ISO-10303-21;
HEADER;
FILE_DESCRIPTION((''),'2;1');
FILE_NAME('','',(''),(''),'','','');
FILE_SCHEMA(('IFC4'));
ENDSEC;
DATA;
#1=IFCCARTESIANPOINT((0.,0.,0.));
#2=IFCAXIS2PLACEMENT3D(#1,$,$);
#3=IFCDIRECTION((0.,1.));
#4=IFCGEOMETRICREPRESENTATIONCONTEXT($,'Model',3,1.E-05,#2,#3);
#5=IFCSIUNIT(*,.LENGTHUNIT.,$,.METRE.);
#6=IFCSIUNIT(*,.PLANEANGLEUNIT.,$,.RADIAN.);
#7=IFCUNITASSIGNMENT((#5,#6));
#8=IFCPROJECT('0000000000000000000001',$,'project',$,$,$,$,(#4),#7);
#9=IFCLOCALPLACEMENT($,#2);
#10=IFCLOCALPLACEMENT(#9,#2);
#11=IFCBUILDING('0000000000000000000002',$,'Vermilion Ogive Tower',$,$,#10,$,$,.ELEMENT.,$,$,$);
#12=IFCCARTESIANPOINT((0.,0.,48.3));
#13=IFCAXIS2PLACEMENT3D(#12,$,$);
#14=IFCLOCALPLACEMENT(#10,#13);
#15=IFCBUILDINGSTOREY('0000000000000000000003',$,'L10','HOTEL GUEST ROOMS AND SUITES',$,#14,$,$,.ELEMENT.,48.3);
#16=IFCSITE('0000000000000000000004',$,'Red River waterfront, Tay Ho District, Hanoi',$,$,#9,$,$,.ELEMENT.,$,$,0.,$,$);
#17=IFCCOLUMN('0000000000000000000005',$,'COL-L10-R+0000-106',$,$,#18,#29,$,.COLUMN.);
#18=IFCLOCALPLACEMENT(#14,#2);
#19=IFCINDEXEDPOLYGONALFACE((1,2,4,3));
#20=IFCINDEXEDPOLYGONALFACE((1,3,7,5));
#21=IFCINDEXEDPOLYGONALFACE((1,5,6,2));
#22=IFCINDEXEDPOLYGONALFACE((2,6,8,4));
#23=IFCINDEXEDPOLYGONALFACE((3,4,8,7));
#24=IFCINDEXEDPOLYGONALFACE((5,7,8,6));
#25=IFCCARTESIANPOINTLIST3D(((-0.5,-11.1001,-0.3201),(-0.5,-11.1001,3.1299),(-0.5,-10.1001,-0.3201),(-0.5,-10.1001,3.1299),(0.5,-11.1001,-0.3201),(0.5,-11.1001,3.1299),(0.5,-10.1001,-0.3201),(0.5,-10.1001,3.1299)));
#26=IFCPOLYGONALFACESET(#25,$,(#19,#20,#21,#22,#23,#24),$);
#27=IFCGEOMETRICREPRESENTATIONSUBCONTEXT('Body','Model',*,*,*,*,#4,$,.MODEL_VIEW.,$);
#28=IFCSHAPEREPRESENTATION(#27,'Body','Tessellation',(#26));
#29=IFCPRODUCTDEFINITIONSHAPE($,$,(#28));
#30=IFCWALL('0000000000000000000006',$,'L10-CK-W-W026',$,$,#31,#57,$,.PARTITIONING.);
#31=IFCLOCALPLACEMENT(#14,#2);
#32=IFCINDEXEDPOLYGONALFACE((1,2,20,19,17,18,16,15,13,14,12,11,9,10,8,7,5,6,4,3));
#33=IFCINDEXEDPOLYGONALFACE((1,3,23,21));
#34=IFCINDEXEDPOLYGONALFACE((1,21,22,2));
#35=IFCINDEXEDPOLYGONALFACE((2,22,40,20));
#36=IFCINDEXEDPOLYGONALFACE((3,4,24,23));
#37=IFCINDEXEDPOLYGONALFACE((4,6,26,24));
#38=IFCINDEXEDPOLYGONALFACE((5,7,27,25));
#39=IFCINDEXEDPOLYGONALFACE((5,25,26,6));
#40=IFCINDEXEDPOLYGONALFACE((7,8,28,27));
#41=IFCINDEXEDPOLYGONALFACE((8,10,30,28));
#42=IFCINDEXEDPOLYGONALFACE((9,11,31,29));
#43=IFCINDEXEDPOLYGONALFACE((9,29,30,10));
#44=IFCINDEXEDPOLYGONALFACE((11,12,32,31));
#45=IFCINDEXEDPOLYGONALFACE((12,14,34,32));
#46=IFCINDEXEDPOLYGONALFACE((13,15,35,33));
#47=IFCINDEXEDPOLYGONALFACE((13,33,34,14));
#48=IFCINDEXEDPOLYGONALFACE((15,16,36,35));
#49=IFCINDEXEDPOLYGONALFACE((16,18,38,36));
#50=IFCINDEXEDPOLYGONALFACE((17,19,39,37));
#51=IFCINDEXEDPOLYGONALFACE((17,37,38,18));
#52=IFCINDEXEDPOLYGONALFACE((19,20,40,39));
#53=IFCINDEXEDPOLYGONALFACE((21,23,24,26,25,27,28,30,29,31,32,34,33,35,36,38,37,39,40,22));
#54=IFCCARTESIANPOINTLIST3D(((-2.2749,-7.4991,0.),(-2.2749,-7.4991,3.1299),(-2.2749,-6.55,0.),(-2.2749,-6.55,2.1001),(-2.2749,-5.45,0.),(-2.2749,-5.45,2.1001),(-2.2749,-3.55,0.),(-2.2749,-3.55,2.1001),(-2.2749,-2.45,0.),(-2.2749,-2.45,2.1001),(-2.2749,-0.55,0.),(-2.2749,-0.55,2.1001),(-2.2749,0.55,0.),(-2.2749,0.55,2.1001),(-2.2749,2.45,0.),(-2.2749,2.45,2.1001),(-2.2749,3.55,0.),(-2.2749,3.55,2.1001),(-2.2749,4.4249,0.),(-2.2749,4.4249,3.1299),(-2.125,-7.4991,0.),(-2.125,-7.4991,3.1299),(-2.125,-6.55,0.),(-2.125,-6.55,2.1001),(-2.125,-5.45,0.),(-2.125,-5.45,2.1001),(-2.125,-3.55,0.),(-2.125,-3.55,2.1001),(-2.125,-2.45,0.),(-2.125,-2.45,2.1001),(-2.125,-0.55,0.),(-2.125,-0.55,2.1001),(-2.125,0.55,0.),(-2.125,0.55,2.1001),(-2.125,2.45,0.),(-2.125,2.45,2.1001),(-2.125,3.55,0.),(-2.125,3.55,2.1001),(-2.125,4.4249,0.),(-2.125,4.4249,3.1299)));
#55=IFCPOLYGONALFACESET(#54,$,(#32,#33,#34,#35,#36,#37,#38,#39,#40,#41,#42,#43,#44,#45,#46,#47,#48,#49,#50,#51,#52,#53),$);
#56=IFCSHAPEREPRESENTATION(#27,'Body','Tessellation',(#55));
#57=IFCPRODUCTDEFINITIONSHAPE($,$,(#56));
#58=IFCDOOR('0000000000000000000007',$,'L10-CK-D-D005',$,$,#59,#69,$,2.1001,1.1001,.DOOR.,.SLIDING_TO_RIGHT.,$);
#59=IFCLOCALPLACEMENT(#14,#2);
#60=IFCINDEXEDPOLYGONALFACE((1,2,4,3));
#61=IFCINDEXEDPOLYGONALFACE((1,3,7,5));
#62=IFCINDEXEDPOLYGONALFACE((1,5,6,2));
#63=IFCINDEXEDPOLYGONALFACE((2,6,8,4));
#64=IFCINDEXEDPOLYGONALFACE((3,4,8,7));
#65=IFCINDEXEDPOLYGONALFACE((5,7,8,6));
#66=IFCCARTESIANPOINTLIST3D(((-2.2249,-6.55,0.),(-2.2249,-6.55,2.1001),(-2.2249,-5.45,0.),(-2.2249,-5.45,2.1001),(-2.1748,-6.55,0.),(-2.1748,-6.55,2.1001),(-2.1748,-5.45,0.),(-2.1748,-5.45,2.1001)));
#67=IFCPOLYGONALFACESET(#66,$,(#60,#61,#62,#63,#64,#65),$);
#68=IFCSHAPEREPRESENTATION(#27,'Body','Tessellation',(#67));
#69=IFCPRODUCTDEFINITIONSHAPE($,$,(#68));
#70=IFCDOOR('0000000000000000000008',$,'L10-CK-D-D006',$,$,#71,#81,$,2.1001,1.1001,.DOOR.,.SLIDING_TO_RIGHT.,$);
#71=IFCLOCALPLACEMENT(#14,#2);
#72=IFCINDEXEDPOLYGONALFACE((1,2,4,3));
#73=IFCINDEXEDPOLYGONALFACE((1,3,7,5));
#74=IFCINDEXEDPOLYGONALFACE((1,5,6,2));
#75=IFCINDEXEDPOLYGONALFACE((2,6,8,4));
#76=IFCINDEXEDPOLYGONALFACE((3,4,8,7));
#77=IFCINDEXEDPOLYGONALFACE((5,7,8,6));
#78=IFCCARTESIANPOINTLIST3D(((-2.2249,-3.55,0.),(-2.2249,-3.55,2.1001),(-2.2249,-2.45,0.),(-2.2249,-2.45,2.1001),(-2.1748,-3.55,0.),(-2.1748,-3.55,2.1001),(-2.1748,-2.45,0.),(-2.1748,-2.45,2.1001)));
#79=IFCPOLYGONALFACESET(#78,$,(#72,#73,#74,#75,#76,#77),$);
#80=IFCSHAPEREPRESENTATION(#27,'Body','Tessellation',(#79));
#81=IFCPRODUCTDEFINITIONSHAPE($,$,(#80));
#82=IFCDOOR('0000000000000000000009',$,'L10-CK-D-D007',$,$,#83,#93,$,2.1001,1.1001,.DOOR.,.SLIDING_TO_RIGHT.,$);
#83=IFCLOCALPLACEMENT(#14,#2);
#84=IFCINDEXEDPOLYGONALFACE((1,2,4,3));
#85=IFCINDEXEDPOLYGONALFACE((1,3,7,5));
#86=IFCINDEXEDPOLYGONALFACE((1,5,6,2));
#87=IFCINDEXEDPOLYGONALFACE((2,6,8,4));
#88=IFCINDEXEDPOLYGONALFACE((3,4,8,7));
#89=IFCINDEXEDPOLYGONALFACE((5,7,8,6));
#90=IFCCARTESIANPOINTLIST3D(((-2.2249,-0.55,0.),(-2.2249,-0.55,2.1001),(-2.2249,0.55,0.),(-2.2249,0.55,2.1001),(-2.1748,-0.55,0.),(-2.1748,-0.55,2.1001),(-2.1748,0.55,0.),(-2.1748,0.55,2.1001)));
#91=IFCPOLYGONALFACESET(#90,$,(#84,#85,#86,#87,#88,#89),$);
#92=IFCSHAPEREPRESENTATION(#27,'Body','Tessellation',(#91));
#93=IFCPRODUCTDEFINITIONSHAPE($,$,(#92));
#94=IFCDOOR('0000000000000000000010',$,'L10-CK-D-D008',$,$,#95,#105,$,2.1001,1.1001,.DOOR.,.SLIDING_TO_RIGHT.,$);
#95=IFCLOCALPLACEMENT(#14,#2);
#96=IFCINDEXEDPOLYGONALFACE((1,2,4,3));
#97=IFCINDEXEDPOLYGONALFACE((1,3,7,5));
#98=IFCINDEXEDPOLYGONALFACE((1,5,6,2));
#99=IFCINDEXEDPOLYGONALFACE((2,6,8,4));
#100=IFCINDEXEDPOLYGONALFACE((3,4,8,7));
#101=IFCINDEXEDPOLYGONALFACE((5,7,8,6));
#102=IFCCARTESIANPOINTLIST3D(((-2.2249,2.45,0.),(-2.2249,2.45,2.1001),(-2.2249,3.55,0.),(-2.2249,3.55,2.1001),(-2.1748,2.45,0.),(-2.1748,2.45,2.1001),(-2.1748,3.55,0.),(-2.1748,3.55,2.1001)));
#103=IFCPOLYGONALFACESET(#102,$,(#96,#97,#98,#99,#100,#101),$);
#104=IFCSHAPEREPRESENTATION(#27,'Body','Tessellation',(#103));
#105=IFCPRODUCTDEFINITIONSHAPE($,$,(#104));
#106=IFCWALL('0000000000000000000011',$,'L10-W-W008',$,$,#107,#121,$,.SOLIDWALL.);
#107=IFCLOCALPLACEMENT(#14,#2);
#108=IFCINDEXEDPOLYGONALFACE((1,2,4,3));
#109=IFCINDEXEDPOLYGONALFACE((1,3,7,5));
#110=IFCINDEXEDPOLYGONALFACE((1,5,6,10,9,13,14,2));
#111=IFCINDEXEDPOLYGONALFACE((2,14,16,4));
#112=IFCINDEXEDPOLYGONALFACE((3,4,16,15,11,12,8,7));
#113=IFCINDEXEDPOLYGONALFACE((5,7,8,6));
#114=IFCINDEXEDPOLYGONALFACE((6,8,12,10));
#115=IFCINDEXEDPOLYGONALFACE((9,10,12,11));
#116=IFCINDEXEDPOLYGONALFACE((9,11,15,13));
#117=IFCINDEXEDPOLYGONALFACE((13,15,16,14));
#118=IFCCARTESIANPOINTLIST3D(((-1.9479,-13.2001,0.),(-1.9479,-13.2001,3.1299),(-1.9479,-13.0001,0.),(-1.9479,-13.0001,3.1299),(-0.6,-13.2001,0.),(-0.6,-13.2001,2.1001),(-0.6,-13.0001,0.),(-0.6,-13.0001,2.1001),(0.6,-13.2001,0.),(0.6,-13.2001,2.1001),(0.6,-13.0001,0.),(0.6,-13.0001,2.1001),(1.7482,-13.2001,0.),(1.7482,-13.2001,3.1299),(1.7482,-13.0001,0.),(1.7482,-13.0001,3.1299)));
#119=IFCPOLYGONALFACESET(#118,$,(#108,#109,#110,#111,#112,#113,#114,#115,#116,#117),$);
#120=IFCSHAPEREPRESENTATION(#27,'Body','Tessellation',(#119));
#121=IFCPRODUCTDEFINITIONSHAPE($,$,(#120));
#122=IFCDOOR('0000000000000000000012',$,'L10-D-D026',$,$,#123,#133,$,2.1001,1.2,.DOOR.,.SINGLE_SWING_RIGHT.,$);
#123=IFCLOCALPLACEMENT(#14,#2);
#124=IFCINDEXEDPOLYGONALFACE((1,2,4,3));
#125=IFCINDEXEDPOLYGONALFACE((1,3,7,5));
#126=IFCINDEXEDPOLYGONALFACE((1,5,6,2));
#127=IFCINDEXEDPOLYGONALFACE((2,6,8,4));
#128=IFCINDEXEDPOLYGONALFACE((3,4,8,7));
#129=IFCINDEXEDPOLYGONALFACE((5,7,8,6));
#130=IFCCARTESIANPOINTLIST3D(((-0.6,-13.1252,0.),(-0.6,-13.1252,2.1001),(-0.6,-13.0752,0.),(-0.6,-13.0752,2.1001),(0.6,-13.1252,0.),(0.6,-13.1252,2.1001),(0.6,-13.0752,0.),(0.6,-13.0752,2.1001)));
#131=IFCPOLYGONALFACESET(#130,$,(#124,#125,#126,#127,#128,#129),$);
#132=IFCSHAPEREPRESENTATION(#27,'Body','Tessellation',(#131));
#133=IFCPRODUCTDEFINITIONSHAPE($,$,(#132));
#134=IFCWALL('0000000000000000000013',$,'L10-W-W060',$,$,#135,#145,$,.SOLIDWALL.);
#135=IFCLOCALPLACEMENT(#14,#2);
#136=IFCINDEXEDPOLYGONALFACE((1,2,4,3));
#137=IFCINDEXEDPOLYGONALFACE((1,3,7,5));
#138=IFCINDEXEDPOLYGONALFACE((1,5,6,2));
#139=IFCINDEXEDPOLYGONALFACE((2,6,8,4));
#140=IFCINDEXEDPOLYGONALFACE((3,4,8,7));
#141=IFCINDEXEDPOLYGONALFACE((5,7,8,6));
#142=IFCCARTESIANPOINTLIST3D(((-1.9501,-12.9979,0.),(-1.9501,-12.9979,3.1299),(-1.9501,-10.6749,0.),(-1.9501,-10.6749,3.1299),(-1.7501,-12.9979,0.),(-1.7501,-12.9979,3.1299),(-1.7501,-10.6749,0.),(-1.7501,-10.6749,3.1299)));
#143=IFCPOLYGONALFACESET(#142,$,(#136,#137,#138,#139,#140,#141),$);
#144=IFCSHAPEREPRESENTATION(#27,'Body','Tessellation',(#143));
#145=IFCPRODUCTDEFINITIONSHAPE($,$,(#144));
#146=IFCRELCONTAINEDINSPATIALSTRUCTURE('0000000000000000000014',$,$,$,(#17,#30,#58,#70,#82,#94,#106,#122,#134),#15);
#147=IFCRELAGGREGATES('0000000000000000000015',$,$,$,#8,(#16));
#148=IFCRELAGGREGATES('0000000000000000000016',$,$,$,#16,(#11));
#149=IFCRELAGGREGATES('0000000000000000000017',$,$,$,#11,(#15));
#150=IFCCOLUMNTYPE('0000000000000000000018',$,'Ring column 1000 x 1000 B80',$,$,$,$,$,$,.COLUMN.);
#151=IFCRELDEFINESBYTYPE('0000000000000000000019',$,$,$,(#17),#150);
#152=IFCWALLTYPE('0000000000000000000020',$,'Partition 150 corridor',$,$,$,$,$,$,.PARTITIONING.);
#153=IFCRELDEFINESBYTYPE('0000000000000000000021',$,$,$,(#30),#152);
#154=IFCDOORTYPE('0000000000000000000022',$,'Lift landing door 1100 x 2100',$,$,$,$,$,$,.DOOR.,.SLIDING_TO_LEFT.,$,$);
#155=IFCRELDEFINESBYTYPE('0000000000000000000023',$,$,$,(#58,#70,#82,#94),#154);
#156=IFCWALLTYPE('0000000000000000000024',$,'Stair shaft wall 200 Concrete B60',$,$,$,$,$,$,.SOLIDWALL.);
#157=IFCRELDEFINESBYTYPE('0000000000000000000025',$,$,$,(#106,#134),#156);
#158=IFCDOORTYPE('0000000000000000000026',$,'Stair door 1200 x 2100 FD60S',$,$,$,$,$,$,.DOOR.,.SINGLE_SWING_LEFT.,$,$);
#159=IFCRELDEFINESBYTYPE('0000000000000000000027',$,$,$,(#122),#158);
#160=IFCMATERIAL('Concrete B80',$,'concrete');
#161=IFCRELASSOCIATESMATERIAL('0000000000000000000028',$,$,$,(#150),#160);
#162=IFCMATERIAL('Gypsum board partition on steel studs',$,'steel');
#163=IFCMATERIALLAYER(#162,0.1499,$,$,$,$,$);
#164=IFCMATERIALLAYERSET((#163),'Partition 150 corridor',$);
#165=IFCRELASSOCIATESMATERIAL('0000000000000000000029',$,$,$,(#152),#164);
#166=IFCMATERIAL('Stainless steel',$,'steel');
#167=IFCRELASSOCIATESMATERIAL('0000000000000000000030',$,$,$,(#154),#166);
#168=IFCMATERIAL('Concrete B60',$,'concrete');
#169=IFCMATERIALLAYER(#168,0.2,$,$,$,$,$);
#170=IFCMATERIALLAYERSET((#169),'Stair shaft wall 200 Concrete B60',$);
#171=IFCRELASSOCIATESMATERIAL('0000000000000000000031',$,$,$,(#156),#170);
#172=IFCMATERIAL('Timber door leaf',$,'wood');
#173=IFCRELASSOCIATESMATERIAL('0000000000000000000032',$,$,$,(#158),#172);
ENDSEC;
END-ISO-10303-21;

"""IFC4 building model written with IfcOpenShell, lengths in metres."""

from ifc_helpers import new_model, si_unit, direction, frame, frame_2d, origin, origin_2d, place, context, subcontext, project, spatial, rectangle, extrude, material, layer, layer_set, material_profile, profile_set, type_object, element, fill, save


model = new_model("IFC4")

# Units and contexts
model_context = context("Model", 3, precision=1e-05, world=origin(), true_north=direction((0.0, 1.0)))
body_context = subcontext(model_context, "Body", "Model", "MODEL_VIEW")
ifc_project = project(units=[si_unit("LENGTHUNIT", "METRE"), si_unit("PLANEANGLEUNIT", "RADIAN")], contexts=[model_context])

# Site, building, storey
site_placement = place(None, origin())
site = spatial("IfcSite", under=ifc_project, at=site_placement, Name="Red River waterfront, Tay Ho District, Hanoi", CompositionType="ELEMENT", RefElevation=0.0)
building_placement = place(site_placement, origin())
building = spatial("IfcBuilding", under=site, at=building_placement, Name="Vermilion Ogive Tower", CompositionType="ELEMENT")
storey_placement = place(building_placement, frame((0.0, 0.0, 48.3)))
storey = spatial("IfcBuildingStorey", under=building, at=storey_placement, Name="L10", Description="HOTEL GUEST ROOMS AND SUITES", CompositionType="ELEMENT", Elevation=48.3)

# Column
ifc_material_1 = material(Name="Concrete B80", Category="concrete")
ifc_material_profile = material_profile(ifc_material_1, rectangle(XDim=1.0, YDim=1.0, at=origin_2d()), Name="1000 x 1000")
ifc_profile_set = profile_set([ifc_material_profile], Name="Concrete B80")
column_type = type_object("IfcColumnType", Name="Ring column 1000 x 1000 B80", PredefinedType="COLUMN", material=ifc_profile_set)
column_placement = place(storey_placement, frame((0.0, -10.6001, -0.3201), z_axis=(0.0, 0.0, 1.0), x_axis=(1.0, 0.0, 0.0)))
element("IfcColumn", 1, at=column_placement, inside=storey, type_object=column_type, Name="COL-L10-R+0000-106", PredefinedType="COLUMN", context=body_context, shape_type="SweptSolid", body=[
    extrude(rectangle(XDim=1.0, YDim=1.0, at=origin_2d()), origin(), (0.0, 0.0, 1.0), 3.45),
])

# Wall, openings, doors
ifc_material_2 = material(Name="Gypsum board partition on steel studs", Category="steel")
ifc_layer_1 = layer(ifc_material_2, 0.1499)
ifc_layer_set_1 = layer_set([ifc_layer_1], Name="Partition 150 corridor")
wall_type_1 = type_object("IfcWallType", Name="Partition 150 corridor", PredefinedType="PARTITIONING", material=ifc_layer_set_1)
wall_1_placement = place(storey_placement, frame((-2.2, -7.499, 0.0), z_axis=(0.0, 0.0, 1.0), x_axis=(0.0, 1.0, 0.0)))
wall_1 = element("IfcWall", 2, at=wall_1_placement, inside=storey, type_object=wall_type_1, Name="L10-CK-W-W026", PredefinedType="PARTITIONING", context=body_context, shape_type="SweptSolid", body=[
    extrude(rectangle(XDim=11.9241, YDim=0.1499, at=frame_2d((5.9619, 0.0))), origin(), (0.0, 0.0, 1.0), 3.1299),
])
opening_1_placement = place(wall_1_placement, frame((0.949, 0.0, 0.0)))
opening_1 = element("IfcOpeningElement", 3, at=opening_1_placement, cuts=wall_1, PredefinedType="OPENING", context=body_context, shape_type="SweptSolid", body=[
    extrude(rectangle(XDim=1.1001, YDim=2.1001, at=frame_2d((0.55, 1.05))), frame((0.0, 0.085, 0.0), z_axis=(0.0, -1.0, 0.0), x_axis=(1.0, 0.0, 0.0)), (0.0, 0.0, 1.0), 0.1699),
])
opening_2_placement = place(wall_1_placement, frame((3.949, 0.0, 0.0)))
opening_2 = element("IfcOpeningElement", 4, at=opening_2_placement, cuts=wall_1, PredefinedType="OPENING", context=body_context, shape_type="SweptSolid", body=[
    extrude(rectangle(XDim=1.1001, YDim=2.1001, at=frame_2d((0.55, 1.05))), frame((0.0, 0.085, 0.0), z_axis=(0.0, -1.0, 0.0), x_axis=(1.0, 0.0, 0.0)), (0.0, 0.0, 1.0), 0.1699),
])
opening_3_placement = place(wall_1_placement, frame((6.949, 0.0, 0.0)))
opening_3 = element("IfcOpeningElement", 5, at=opening_3_placement, cuts=wall_1, PredefinedType="OPENING", context=body_context, shape_type="SweptSolid", body=[
    extrude(rectangle(XDim=1.1001, YDim=2.1001, at=frame_2d((0.55, 1.05))), frame((0.0, 0.085, 0.0), z_axis=(0.0, -1.0, 0.0), x_axis=(1.0, 0.0, 0.0)), (0.0, 0.0, 1.0), 0.1699),
])
opening_4_placement = place(wall_1_placement, frame((9.949, 0.0, 0.0)))
opening_4 = element("IfcOpeningElement", 6, at=opening_4_placement, cuts=wall_1, PredefinedType="OPENING", context=body_context, shape_type="SweptSolid", body=[
    extrude(rectangle(XDim=1.1001, YDim=2.1001, at=frame_2d((0.55, 1.05))), frame((0.0, 0.085, 0.0), z_axis=(0.0, -1.0, 0.0), x_axis=(1.0, 0.0, 0.0)), (0.0, 0.0, 1.0), 0.1699),
])
ifc_material_3 = material(Name="Stainless steel", Category="steel")
door_type_1 = type_object("IfcDoorType", Name="Lift landing door 1100 x 2100", OperationType="SLIDING_TO_LEFT", PredefinedType="DOOR", material=ifc_material_3)
door_1_placement = place(opening_1_placement, origin())
door_1 = element("IfcDoor", 7, at=door_1_placement, inside=storey, type_object=door_type_1, Name="L10-CK-D-D005", OperationType="SLIDING_TO_RIGHT", OverallHeight=2.1001, OverallWidth=1.1001, PredefinedType="DOOR", context=body_context, shape_type="SweptSolid", body=[
    extrude(rectangle(XDim=1.1001, YDim=2.1001, at=frame_2d((0.55, 1.05))), frame((0.0, 0.0249, 0.0), z_axis=(0.0, -1.0, 0.0), x_axis=(1.0, 0.0, 0.0)), (0.0, 0.0, 1.0), 0.05),
])
fill(opening_1, door_1)
door_2_placement = place(opening_2_placement, origin())
door_2 = element("IfcDoor", 8, at=door_2_placement, inside=storey, type_object=door_type_1, Name="L10-CK-D-D006", OperationType="SLIDING_TO_RIGHT", OverallHeight=2.1001, OverallWidth=1.1001, PredefinedType="DOOR", context=body_context, shape_type="SweptSolid", body=[
    extrude(rectangle(XDim=1.1001, YDim=2.1001, at=frame_2d((0.55, 1.05))), frame((0.0, 0.0249, 0.0), z_axis=(0.0, -1.0, 0.0), x_axis=(1.0, 0.0, 0.0)), (0.0, 0.0, 1.0), 0.05),
])
fill(opening_2, door_2)
door_3_placement = place(opening_3_placement, origin())
door_3 = element("IfcDoor", 9, at=door_3_placement, inside=storey, type_object=door_type_1, Name="L10-CK-D-D007", OperationType="SLIDING_TO_RIGHT", OverallHeight=2.1001, OverallWidth=1.1001, PredefinedType="DOOR", context=body_context, shape_type="SweptSolid", body=[
    extrude(rectangle(XDim=1.1001, YDim=2.1001, at=frame_2d((0.55, 1.05))), frame((0.0, 0.0249, 0.0), z_axis=(0.0, -1.0, 0.0), x_axis=(1.0, 0.0, 0.0)), (0.0, 0.0, 1.0), 0.05),
])
fill(opening_3, door_3)
door_4_placement = place(opening_4_placement, origin())
door_4 = element("IfcDoor", 10, at=door_4_placement, inside=storey, type_object=door_type_1, Name="L10-CK-D-D008", OperationType="SLIDING_TO_RIGHT", OverallHeight=2.1001, OverallWidth=1.1001, PredefinedType="DOOR", context=body_context, shape_type="SweptSolid", body=[
    extrude(rectangle(XDim=1.1001, YDim=2.1001, at=frame_2d((0.55, 1.05))), frame((0.0, 0.0249, 0.0), z_axis=(0.0, -1.0, 0.0), x_axis=(1.0, 0.0, 0.0)), (0.0, 0.0, 1.0), 0.05),
])
fill(opening_4, door_4)

# Wall, opening, door
ifc_material_4 = material(Name="Concrete B60", Category="concrete")
ifc_layer_2 = layer(ifc_material_4, 0.2)
ifc_layer_set_2 = layer_set([ifc_layer_2], Name="Stair shaft wall 200 Concrete B60")
wall_type_2 = type_object("IfcWallType", Name="Stair shaft wall 200 Concrete B60", PredefinedType="SOLIDWALL", material=ifc_layer_set_2)
wall_2_placement = place(storey_placement, frame((-1.948, -13.1001, 0.0), z_axis=(0.0, 0.0, 1.0), x_axis=(1.0, 0.0, 0.0)))
wall_2 = element("IfcWall", 11, at=wall_2_placement, inside=storey, type_object=wall_type_2, Name="L10-W-W008", PredefinedType="SOLIDWALL", context=body_context, shape_type="SweptSolid", body=[
    extrude(rectangle(XDim=3.696, YDim=0.2, at=frame_2d((1.8481, 0.0))), origin(), (0.0, 0.0, 1.0), 3.1299),
])
opening_5_placement = place(wall_2_placement, frame((1.3479, 0.0, 0.0)))
opening_5 = element("IfcOpeningElement", 12, at=opening_5_placement, cuts=wall_2, PredefinedType="OPENING", context=body_context, shape_type="SweptSolid", body=[
    extrude(rectangle(XDim=1.2, YDim=2.1001, at=frame_2d((0.6001, 1.05))), frame((0.0, 0.1099, 0.0), z_axis=(0.0, -1.0, 0.0), x_axis=(1.0, 0.0, 0.0)), (0.0, 0.0, 1.0), 0.22),
])
ifc_material_5 = material(Name="Timber door leaf", Category="wood")
door_type_2 = type_object("IfcDoorType", Name="Stair door 1200 x 2100 FD60S", OperationType="SINGLE_SWING_LEFT", PredefinedType="DOOR", material=ifc_material_5)
door_5_placement = place(opening_5_placement, origin())
door_5 = element("IfcDoor", 13, at=door_5_placement, inside=storey, type_object=door_type_2, Name="L10-D-D026", OperationType="SINGLE_SWING_RIGHT", OverallHeight=2.1001, OverallWidth=1.2, PredefinedType="DOOR", context=body_context, shape_type="SweptSolid", body=[
    extrude(rectangle(XDim=1.2, YDim=2.1001, at=frame_2d((0.6001, 1.05))), frame((0.0, 0.0249, 0.0), z_axis=(0.0, -1.0, 0.0), x_axis=(1.0, 0.0, 0.0)), (0.0, 0.0, 1.0), 0.05),
])
fill(opening_5, door_5)

# Wall
wall_3_placement = place(storey_placement, frame((-1.8501, -12.998, 0.0), z_axis=(0.0, 0.0, 1.0), x_axis=(0.0, 1.0, 0.0)))
element("IfcWall", 14, at=wall_3_placement, inside=storey, type_object=wall_type_2, Name="L10-W-W060", PredefinedType="SOLIDWALL", context=body_context, shape_type="SweptSolid", body=[
    extrude(rectangle(XDim=2.323, YDim=0.2, at=frame_2d((1.1616, 0.0))), origin(), (0.0, 0.0, 1.0), 3.1299),
])

save(model, "model.ifc")
